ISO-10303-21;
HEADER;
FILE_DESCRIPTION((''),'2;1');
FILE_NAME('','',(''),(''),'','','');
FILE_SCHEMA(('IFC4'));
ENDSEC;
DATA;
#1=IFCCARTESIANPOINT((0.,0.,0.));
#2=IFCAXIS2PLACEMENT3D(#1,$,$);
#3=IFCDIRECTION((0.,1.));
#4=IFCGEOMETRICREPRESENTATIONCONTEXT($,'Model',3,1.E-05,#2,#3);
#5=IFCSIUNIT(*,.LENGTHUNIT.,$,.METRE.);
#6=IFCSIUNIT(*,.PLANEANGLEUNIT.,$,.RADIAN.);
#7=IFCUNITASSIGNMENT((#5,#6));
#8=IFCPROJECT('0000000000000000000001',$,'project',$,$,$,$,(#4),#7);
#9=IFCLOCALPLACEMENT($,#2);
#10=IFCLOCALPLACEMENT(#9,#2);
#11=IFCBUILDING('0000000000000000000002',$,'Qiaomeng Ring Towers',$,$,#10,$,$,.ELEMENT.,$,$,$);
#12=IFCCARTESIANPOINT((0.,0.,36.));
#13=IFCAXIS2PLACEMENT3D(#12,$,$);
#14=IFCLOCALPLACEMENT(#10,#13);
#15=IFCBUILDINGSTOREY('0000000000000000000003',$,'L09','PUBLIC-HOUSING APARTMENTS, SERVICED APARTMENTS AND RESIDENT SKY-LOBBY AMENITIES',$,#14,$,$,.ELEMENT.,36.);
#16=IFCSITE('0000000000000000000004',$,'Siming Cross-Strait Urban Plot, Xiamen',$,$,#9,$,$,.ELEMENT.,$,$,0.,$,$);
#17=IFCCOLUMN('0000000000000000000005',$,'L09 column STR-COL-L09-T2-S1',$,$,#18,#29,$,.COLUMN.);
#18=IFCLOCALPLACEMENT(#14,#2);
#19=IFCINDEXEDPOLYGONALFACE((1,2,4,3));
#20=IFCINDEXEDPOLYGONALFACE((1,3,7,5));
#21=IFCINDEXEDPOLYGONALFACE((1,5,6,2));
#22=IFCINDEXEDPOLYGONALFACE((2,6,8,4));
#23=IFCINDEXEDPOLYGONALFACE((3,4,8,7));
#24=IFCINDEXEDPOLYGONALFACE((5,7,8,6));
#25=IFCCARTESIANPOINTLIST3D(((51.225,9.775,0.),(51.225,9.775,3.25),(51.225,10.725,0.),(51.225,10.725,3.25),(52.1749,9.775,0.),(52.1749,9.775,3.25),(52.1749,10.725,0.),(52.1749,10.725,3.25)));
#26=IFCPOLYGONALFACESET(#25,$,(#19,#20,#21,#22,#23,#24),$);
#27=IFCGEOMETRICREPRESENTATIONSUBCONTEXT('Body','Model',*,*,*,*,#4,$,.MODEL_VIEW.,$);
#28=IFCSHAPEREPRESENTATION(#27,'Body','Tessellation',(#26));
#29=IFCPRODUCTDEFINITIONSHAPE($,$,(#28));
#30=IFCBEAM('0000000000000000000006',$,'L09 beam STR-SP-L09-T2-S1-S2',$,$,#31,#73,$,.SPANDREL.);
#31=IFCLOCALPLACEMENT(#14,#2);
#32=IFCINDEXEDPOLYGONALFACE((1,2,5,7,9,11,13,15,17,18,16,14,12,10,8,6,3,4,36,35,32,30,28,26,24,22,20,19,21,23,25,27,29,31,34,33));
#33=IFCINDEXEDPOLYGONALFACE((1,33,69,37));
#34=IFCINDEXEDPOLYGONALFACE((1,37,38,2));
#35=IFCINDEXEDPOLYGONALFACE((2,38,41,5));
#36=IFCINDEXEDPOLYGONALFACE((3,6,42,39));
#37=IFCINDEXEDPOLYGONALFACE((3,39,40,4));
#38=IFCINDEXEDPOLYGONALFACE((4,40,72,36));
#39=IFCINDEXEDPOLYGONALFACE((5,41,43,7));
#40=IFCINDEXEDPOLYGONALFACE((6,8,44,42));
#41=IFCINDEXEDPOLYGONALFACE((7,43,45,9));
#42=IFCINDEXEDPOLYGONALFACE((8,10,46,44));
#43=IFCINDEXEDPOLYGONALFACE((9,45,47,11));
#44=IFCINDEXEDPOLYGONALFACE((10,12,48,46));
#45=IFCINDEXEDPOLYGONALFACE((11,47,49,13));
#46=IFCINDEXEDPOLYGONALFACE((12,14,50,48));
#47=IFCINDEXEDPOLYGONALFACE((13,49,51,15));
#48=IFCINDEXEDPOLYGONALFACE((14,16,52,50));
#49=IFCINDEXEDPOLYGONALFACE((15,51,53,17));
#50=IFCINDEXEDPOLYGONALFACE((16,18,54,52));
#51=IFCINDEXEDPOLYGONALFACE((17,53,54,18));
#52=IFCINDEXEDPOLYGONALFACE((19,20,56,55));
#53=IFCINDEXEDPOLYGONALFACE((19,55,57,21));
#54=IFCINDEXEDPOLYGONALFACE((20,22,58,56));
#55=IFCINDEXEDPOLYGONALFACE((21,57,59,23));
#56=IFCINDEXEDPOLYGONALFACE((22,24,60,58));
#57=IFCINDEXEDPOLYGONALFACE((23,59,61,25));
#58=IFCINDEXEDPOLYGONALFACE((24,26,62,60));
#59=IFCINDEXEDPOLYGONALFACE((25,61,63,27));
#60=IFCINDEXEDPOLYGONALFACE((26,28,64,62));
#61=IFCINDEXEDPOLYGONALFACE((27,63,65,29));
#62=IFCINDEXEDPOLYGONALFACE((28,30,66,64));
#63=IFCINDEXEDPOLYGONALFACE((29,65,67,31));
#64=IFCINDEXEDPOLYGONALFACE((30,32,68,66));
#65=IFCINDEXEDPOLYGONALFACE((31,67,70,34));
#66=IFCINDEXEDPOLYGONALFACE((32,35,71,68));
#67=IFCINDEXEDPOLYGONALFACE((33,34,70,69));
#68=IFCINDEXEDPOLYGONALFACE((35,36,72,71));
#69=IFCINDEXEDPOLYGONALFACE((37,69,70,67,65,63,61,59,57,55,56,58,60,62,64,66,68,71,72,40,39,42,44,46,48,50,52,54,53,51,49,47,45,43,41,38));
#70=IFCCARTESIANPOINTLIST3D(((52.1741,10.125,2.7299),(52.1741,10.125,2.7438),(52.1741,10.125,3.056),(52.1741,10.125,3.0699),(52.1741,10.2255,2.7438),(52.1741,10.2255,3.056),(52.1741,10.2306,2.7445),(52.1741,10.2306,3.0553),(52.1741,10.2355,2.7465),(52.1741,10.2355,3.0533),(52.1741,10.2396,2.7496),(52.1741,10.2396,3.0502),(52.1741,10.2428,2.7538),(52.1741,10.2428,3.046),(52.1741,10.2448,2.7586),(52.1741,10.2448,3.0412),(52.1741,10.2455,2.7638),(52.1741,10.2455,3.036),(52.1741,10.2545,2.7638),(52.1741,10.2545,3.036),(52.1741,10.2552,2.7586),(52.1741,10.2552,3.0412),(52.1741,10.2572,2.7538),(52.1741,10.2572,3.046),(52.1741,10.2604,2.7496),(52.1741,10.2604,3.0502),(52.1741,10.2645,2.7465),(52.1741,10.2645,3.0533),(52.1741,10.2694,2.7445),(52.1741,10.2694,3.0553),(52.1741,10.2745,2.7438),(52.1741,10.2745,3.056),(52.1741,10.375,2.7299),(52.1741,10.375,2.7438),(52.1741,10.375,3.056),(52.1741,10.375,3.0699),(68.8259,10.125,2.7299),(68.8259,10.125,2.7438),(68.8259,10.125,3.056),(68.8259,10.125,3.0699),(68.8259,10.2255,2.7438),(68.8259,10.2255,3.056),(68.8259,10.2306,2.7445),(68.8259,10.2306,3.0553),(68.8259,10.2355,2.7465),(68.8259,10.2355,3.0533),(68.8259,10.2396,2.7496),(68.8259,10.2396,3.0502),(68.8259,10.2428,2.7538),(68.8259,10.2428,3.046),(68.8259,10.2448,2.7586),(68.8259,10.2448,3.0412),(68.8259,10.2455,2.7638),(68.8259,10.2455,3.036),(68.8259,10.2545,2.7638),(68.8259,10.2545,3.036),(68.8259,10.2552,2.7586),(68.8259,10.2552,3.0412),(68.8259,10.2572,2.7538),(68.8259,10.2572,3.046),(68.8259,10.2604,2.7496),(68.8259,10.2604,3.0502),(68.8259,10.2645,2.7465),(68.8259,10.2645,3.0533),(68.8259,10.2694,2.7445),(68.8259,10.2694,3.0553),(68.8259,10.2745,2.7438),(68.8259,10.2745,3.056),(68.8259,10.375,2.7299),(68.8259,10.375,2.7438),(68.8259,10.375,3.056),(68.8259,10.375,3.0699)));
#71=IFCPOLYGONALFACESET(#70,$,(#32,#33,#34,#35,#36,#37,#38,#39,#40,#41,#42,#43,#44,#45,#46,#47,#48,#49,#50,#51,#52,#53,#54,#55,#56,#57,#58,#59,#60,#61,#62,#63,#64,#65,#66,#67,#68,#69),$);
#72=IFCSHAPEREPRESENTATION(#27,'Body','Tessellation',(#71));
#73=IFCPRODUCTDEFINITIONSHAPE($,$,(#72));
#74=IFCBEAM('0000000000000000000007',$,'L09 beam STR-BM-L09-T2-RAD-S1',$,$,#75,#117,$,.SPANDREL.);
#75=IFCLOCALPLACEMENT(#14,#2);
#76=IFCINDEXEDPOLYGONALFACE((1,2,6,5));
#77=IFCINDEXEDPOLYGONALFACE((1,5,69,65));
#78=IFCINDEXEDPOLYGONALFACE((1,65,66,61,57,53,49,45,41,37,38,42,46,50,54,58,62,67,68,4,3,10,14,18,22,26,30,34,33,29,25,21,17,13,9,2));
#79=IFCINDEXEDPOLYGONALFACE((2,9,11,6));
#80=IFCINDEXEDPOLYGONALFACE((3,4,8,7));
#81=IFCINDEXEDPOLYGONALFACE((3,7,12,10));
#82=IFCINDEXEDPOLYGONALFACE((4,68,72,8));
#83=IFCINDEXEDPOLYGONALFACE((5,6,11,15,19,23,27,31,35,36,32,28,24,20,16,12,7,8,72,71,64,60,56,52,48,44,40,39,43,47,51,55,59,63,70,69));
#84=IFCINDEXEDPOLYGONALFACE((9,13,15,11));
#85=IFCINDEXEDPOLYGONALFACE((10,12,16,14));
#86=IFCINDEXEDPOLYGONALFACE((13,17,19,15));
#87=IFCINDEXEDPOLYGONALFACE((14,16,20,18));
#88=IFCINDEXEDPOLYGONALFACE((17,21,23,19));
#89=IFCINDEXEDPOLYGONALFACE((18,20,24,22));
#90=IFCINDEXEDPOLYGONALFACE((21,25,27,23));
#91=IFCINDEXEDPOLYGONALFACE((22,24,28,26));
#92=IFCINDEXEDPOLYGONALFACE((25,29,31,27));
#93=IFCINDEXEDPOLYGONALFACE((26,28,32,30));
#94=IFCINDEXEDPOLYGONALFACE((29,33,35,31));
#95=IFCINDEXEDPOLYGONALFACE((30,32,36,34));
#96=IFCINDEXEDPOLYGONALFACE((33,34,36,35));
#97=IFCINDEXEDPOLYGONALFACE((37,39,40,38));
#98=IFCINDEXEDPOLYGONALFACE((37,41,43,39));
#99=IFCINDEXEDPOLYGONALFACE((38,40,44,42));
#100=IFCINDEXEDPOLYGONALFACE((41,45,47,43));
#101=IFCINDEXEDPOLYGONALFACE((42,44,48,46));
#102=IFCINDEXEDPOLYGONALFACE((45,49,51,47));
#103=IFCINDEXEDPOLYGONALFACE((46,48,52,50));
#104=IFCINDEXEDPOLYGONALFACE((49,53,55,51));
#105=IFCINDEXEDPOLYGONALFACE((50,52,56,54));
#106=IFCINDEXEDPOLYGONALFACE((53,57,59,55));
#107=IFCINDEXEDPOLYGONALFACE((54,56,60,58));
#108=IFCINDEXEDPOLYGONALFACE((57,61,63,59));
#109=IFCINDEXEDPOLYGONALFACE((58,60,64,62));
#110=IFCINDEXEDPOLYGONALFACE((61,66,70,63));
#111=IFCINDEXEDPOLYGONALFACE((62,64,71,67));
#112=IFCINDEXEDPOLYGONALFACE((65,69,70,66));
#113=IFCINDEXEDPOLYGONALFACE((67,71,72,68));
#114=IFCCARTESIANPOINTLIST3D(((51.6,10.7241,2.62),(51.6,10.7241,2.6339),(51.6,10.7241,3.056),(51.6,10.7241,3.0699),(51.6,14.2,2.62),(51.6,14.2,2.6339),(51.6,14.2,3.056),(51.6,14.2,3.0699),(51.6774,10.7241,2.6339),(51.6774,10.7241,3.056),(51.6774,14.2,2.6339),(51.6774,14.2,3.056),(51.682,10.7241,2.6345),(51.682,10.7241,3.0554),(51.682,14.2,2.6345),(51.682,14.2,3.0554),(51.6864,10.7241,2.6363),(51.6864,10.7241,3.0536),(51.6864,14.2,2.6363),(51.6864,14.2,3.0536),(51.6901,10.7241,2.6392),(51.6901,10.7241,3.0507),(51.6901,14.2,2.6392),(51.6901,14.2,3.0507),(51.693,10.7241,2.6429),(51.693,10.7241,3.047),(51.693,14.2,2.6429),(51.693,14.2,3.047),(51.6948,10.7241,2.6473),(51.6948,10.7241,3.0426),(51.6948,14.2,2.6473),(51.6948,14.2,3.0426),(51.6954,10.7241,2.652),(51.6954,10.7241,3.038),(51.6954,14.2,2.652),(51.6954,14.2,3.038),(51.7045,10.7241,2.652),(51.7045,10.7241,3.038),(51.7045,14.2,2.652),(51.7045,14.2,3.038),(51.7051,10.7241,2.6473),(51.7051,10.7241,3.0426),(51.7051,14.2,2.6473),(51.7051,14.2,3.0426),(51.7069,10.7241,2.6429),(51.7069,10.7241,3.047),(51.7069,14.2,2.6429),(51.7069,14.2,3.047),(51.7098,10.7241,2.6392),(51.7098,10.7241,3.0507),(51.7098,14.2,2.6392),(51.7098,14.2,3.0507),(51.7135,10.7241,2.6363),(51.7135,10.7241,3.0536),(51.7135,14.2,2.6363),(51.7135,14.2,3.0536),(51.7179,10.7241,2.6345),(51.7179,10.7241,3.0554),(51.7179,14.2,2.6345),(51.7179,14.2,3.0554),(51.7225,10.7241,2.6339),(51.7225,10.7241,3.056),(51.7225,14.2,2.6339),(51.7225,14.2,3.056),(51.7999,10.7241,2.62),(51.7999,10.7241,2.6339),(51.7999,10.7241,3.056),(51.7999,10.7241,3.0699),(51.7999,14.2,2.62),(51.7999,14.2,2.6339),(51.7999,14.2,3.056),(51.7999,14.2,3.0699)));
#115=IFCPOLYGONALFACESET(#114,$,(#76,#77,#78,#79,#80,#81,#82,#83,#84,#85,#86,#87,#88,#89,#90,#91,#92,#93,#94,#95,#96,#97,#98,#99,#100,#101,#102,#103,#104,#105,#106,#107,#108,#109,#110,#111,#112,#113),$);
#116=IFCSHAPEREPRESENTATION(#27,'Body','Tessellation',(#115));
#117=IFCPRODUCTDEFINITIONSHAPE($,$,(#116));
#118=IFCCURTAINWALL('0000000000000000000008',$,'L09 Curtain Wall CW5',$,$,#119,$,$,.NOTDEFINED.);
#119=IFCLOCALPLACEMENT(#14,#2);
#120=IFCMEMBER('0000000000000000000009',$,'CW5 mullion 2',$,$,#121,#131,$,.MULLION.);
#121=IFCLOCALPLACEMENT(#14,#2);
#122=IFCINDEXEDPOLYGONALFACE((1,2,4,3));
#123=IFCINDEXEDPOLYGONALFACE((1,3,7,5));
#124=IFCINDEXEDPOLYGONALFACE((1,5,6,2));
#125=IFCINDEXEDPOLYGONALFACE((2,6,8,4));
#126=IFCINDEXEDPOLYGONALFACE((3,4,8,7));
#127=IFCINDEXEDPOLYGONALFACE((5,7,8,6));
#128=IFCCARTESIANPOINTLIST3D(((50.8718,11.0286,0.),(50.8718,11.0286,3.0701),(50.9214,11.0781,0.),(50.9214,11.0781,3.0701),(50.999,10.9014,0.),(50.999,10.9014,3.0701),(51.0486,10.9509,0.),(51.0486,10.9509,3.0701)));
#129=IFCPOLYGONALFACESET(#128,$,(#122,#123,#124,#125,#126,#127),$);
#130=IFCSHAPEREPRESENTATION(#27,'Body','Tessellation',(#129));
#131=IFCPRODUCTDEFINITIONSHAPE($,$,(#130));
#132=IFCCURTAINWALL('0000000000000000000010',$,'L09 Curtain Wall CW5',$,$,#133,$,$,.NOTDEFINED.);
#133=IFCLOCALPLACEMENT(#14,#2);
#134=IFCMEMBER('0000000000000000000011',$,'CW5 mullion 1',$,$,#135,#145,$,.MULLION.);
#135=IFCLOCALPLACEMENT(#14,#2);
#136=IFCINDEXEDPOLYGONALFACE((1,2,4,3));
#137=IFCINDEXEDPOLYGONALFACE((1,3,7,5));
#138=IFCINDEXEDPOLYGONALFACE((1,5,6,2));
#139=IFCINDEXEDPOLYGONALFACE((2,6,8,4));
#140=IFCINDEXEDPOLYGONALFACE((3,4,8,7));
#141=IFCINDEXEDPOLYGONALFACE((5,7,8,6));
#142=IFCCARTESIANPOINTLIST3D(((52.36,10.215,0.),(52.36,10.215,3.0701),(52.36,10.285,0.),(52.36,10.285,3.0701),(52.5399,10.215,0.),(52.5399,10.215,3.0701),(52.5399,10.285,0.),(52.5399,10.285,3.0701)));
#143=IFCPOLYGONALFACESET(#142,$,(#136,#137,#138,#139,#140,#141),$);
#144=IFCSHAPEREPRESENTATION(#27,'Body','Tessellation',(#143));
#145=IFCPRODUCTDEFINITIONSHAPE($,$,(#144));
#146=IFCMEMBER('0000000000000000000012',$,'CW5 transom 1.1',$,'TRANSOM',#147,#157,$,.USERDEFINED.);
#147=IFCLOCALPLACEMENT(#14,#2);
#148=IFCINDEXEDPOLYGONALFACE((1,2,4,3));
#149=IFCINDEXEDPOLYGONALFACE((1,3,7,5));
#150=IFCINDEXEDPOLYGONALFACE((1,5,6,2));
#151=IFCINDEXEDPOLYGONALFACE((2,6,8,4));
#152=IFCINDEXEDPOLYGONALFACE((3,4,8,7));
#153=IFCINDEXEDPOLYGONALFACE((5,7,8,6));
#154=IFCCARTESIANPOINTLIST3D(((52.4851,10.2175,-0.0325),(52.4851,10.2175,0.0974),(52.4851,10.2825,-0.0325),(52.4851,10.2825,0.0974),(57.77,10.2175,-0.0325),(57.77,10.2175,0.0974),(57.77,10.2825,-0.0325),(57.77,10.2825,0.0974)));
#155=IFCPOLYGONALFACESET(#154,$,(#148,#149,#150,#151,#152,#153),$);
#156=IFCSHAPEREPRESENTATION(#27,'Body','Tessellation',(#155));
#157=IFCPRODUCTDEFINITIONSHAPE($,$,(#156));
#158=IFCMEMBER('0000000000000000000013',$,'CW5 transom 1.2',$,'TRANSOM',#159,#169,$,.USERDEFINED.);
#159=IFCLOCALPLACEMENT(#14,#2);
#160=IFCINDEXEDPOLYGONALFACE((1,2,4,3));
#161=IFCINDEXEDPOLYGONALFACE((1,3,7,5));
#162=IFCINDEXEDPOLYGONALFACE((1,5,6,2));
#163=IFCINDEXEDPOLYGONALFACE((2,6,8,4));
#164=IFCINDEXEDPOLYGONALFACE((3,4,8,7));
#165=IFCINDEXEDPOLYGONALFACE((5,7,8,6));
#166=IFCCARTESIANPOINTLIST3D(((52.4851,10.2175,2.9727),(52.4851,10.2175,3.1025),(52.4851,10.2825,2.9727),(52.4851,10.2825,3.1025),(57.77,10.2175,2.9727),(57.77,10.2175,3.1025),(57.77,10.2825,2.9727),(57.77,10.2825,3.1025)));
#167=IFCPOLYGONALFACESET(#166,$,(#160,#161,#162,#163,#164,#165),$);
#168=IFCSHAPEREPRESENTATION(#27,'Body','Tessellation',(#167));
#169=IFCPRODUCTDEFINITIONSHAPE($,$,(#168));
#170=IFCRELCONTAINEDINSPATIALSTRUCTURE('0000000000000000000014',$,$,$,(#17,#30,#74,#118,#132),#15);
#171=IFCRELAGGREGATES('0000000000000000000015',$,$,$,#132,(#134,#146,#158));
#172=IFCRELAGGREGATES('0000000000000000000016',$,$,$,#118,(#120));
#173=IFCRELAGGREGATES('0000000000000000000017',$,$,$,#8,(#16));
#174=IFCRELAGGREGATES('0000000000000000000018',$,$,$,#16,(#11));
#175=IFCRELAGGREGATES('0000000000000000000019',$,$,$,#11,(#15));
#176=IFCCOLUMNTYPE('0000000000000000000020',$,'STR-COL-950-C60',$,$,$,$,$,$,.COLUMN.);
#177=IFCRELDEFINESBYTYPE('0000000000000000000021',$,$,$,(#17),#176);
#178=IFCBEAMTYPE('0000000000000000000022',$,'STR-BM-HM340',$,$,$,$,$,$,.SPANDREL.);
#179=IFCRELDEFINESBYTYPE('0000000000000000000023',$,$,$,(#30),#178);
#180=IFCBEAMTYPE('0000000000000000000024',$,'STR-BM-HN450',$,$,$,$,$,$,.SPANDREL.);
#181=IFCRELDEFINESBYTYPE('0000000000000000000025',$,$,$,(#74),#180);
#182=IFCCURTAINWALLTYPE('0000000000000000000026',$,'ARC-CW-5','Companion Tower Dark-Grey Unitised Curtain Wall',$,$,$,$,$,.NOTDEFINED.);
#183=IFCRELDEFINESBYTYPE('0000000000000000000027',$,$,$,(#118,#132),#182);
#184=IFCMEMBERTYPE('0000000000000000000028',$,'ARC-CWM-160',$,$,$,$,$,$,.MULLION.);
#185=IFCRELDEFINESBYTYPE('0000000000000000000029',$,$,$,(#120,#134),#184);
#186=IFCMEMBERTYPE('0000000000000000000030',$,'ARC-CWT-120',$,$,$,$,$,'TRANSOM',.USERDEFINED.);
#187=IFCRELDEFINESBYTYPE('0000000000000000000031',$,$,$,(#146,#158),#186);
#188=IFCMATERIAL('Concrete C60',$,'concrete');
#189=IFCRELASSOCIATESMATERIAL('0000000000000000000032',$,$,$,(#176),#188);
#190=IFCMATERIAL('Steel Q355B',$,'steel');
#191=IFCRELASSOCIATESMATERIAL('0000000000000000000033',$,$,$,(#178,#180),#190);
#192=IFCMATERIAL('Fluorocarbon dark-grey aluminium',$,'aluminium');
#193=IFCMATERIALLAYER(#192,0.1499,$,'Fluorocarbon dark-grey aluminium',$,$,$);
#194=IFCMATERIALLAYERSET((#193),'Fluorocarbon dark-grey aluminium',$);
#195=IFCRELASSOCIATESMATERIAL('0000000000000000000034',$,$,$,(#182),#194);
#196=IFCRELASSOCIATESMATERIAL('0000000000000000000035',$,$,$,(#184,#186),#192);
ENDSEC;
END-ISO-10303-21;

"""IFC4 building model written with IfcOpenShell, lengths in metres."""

from ifc_helpers import new_model, si_unit, direction, frame, origin, origin_2d, place, context, subcontext, project, spatial, rectangle, i_section, extrude, source, transform, mapped, material, layer, layer_set, material_profile, profile_set, type_object, element, aggregate, save


model = new_model("IFC4")

# Units and contexts
model_context = context("Model", 3, precision=1e-05, world=origin(), true_north=direction((0.0, 1.0)))
body_context = subcontext(model_context, "Body", "Model", "MODEL_VIEW")
ifc_project = project(units=[si_unit("LENGTHUNIT", "METRE"), si_unit("PLANEANGLEUNIT", "RADIAN")], contexts=[model_context])

# Site, building, storey
site_placement = place(None, origin())
site = spatial("IfcSite", under=ifc_project, at=site_placement, Name="Siming Cross-Strait Urban Plot, Xiamen", CompositionType="ELEMENT", RefElevation=0.0)
building_placement = place(site_placement, origin())
building = spatial("IfcBuilding", under=site, at=building_placement, Name="Qiaomeng Ring Towers", CompositionType="ELEMENT")
storey_placement = place(building_placement, frame((0.0, 0.0, 36.0)))
storey = spatial("IfcBuildingStorey", under=building, at=storey_placement, Name="L09", Description="PUBLIC-HOUSING APARTMENTS, SERVICED APARTMENTS AND RESIDENT SKY-LOBBY AMENITIES", CompositionType="ELEMENT", Elevation=36.0)

# Column
ifc_material_1 = material(Name="Concrete C60", Category="concrete")
ifc_material_profile_1 = material_profile(ifc_material_1, rectangle(XDim=0.95, YDim=0.95, at=origin_2d()), Name="RC COL 950x950")
ifc_profile_set_1 = profile_set([ifc_material_profile_1], Name="Concrete C60")
column_type = type_object("IfcColumnType", Name="STR-COL-950-C60", PredefinedType="COLUMN", material=ifc_profile_set_1)
shared_shape_1 = source(origin(), body_context, "Body", "SweptSolid", [
    extrude(rectangle(XDim=0.95, YDim=0.95, at=origin_2d()), origin(), (0.0, 0.0, 1.0), 3.25),
])
column_placement = place(storey_placement, frame((51.7, 10.25, 0.0), z_axis=(0.0, 0.0, 1.0), x_axis=(1.0, 0.0, 0.0)))
element("IfcColumn", 1, at=column_placement, inside=storey, type_object=column_type, Name="L09 column STR-COL-L09-T2-S1", PredefinedType="COLUMN", context=body_context, shape_type="MappedRepresentation", body=[
    mapped(shared_shape_1, transform((0.0, 0.0, 0.0), x_axis=(1.0, 0.0, 0.0), y_axis=(0.0, 1.0, 0.0), z_axis=(0.0, 0.0, 1.0), scale=1.0)),
])

# Beams
ifc_material_2 = material(Name="Steel Q355B", Category="steel")
ifc_material_profile_2 = material_profile(ifc_material_2, i_section(OverallWidth=0.25, OverallDepth=0.3401, WebThickness=0.009, FlangeThickness=0.0139, FilletRadius=0.02, at=origin_2d()), Name="HM 340x250x9x14")
ifc_profile_set_2 = profile_set([ifc_material_profile_2], Name="Steel Q355B")
beam_type_1 = type_object("IfcBeamType", Name="STR-BM-HM340", PredefinedType="SPANDREL", material=ifc_profile_set_2)
shared_shape_2 = source(origin(), body_context, "Body", "SweptSolid", [
    extrude(i_section(OverallWidth=0.25, OverallDepth=0.3401, WebThickness=0.009, FlangeThickness=0.0139, FilletRadius=0.02, at=origin_2d()), origin(), (0.0, 0.0, 1.0), 16.6519),
])
beam_1_placement = place(storey_placement, frame((52.1741, 10.25, 2.8999), z_axis=(1.0, 0.0, 0.0), x_axis=(0.0, 1.0, 0.0)))
element("IfcBeam", 2, at=beam_1_placement, inside=storey, type_object=beam_type_1, Name="L09 beam STR-SP-L09-T2-S1-S2", PredefinedType="SPANDREL", context=body_context, shape_type="MappedRepresentation", body=[
    mapped(shared_shape_2, transform((0.0, 0.0, 0.0), x_axis=(1.0, 0.0, 0.0), y_axis=(0.0, 1.0, 0.0), z_axis=(0.0, 0.0, 1.0), scale=1.0)),
])
ifc_material_profile_3 = material_profile(ifc_material_2, i_section(OverallWidth=0.2, OverallDepth=0.45, WebThickness=0.009, FlangeThickness=0.0139, FilletRadius=0.0181, at=origin_2d()), Name="HN 450x200x9x14")
ifc_profile_set_3 = profile_set([ifc_material_profile_3], Name="Steel Q355B")
beam_type_2 = type_object("IfcBeamType", Name="STR-BM-HN450", PredefinedType="SPANDREL", material=ifc_profile_set_3)
shared_shape_3 = source(origin(), body_context, "Body", "SweptSolid", [
    extrude(i_section(OverallWidth=0.2, OverallDepth=0.45, WebThickness=0.009, FlangeThickness=0.0139, FilletRadius=0.0181, at=origin_2d()), origin(), (0.0, 0.0, 1.0), 3.4758),
])
beam_2_placement = place(storey_placement, frame((51.7, 10.7241, 2.845), z_axis=(0.0, 1.0, 0.0), x_axis=(-1.0, 0.0, 0.0)))
element("IfcBeam", 3, at=beam_2_placement, inside=storey, type_object=beam_type_2, Name="L09 beam STR-BM-L09-T2-RAD-S1", PredefinedType="SPANDREL", context=body_context, shape_type="MappedRepresentation", body=[
    mapped(shared_shape_3, transform((0.0, 0.0, 0.0), x_axis=(1.0, 0.0, 0.0), y_axis=(0.0, 1.0, 0.0), z_axis=(0.0, 0.0, 1.0), scale=1.0)),
])

# Curtain wall, member
ifc_material_3 = material(Name="Fluorocarbon dark-grey aluminium", Category="aluminium")
ifc_layer_1 = layer(ifc_material_3, 0.1499, Name="Fluorocarbon dark-grey aluminium")
ifc_layer_set_1 = layer_set([ifc_layer_1], Name="Fluorocarbon dark-grey aluminium")
curtain_wall_type = type_object("IfcCurtainWallType", Name="ARC-CW-5", Description="Companion Tower Dark-Grey Unitised Curtain Wall", PredefinedType="NOTDEFINED", material=ifc_layer_set_1)
curtain_wall_1_placement = place(storey_placement, origin())
curtain_wall_1 = element("IfcCurtainWall", 4, at=curtain_wall_1_placement, inside=storey, type_object=curtain_wall_type, Name="L09 Curtain Wall CW5", PredefinedType="NOTDEFINED")
ifc_material_profile_4 = material_profile(ifc_material_3, rectangle(XDim=0.0701, YDim=0.1799, at=origin_2d()), Name="ALU MULL 70x180")
ifc_profile_set_4 = profile_set([ifc_material_profile_4], Name="Fluorocarbon dark-grey aluminium")
member_type_1 = type_object("IfcMemberType", Name="ARC-CWM-160", PredefinedType="MULLION", material=ifc_profile_set_4)
shared_shape_4 = source(origin(), body_context, "Body", "SweptSolid", [
    extrude(rectangle(XDim=0.0701, YDim=0.1799, at=origin_2d()), origin(), (0.0, 0.0, 1.0), 3.0701),
])
member_1_placement = place(storey_placement, frame((50.9602, 10.9897, 0.0), z_axis=(0.0, 0.0, 1.0), x_axis=(0.707107, 0.707107, 0.0)))
member_1 = element("IfcMember", 5, at=member_1_placement, type_object=member_type_1, Name="CW5 mullion 2", PredefinedType="MULLION", context=body_context, shape_type="MappedRepresentation", body=[
    mapped(shared_shape_4, transform((0.0, 0.0, 0.0), x_axis=(1.0, 0.0, 0.0), y_axis=(0.0, 1.0, 0.0), z_axis=(0.0, 0.0, 1.0), scale=1.0)),
])

# Curtain wall, members
curtain_wall_2_placement = place(storey_placement, origin())
curtain_wall_2 = element("IfcCurtainWall", 6, at=curtain_wall_2_placement, inside=storey, type_object=curtain_wall_type, Name="L09 Curtain Wall CW5", PredefinedType="NOTDEFINED")
member_2_placement = place(storey_placement, frame((52.45, 10.25, 0.0), z_axis=(0.0, 0.0, 1.0), x_axis=(0.0, 1.0, 0.0)))
member_2 = element("IfcMember", 7, at=member_2_placement, type_object=member_type_1, Name="CW5 mullion 1", PredefinedType="MULLION", context=body_context, shape_type="MappedRepresentation", body=[
    mapped(shared_shape_4, transform((0.0, 0.0, 0.0), x_axis=(1.0, 0.0, 0.0), y_axis=(0.0, 1.0, 0.0), z_axis=(0.0, 0.0, 1.0), scale=1.0)),
])
ifc_material_profile_5 = material_profile(ifc_material_3, rectangle(XDim=0.0649, YDim=0.1299, at=origin_2d()), Name="ALU TRAN 65x130")
ifc_profile_set_5 = profile_set([ifc_material_profile_5], Name="Fluorocarbon dark-grey aluminium")
member_type_2 = type_object("IfcMemberType", Name="ARC-CWT-120", ElementType="TRANSOM", PredefinedType="USERDEFINED", material=ifc_profile_set_5)
shared_shape_5 = source(origin(), body_context, "Body", "SweptSolid", [
    extrude(rectangle(XDim=0.0649, YDim=0.1299, at=origin_2d()), origin(), (0.0, 0.0, 1.0), 5.2849),
])
member_3_placement = place(storey_placement, frame((52.4851, 10.25, 0.0325), z_axis=(1.0, 0.0, 0.0), x_axis=(0.0, 1.0, 0.0)))
member_3 = element("IfcMember", 8, at=member_3_placement, type_object=member_type_2, Name="CW5 transom 1.1", ObjectType="TRANSOM", PredefinedType="USERDEFINED", context=body_context, shape_type="MappedRepresentation", body=[
    mapped(shared_shape_5, transform((0.0, 0.0, 0.0), x_axis=(1.0, 0.0, 0.0), y_axis=(0.0, 1.0, 0.0), z_axis=(0.0, 0.0, 1.0), scale=1.0)),
])
member_4_placement = place(storey_placement, frame((52.4851, 10.25, 3.0376), z_axis=(1.0, 0.0, 0.0), x_axis=(0.0, 1.0, 0.0)))
member_4 = element("IfcMember", 9, at=member_4_placement, type_object=member_type_2, Name="CW5 transom 1.2", ObjectType="TRANSOM", PredefinedType="USERDEFINED", context=body_context, shape_type="MappedRepresentation", body=[
    mapped(shared_shape_5, transform((0.0, 0.0, 0.0), x_axis=(1.0, 0.0, 0.0), y_axis=(0.0, 1.0, 0.0), z_axis=(0.0, 0.0, 1.0), scale=1.0)),
])
aggregate(curtain_wall_2, [member_2, member_3, member_4])

aggregate(curtain_wall_1, [member_1])

save(model, "model.ifc")
